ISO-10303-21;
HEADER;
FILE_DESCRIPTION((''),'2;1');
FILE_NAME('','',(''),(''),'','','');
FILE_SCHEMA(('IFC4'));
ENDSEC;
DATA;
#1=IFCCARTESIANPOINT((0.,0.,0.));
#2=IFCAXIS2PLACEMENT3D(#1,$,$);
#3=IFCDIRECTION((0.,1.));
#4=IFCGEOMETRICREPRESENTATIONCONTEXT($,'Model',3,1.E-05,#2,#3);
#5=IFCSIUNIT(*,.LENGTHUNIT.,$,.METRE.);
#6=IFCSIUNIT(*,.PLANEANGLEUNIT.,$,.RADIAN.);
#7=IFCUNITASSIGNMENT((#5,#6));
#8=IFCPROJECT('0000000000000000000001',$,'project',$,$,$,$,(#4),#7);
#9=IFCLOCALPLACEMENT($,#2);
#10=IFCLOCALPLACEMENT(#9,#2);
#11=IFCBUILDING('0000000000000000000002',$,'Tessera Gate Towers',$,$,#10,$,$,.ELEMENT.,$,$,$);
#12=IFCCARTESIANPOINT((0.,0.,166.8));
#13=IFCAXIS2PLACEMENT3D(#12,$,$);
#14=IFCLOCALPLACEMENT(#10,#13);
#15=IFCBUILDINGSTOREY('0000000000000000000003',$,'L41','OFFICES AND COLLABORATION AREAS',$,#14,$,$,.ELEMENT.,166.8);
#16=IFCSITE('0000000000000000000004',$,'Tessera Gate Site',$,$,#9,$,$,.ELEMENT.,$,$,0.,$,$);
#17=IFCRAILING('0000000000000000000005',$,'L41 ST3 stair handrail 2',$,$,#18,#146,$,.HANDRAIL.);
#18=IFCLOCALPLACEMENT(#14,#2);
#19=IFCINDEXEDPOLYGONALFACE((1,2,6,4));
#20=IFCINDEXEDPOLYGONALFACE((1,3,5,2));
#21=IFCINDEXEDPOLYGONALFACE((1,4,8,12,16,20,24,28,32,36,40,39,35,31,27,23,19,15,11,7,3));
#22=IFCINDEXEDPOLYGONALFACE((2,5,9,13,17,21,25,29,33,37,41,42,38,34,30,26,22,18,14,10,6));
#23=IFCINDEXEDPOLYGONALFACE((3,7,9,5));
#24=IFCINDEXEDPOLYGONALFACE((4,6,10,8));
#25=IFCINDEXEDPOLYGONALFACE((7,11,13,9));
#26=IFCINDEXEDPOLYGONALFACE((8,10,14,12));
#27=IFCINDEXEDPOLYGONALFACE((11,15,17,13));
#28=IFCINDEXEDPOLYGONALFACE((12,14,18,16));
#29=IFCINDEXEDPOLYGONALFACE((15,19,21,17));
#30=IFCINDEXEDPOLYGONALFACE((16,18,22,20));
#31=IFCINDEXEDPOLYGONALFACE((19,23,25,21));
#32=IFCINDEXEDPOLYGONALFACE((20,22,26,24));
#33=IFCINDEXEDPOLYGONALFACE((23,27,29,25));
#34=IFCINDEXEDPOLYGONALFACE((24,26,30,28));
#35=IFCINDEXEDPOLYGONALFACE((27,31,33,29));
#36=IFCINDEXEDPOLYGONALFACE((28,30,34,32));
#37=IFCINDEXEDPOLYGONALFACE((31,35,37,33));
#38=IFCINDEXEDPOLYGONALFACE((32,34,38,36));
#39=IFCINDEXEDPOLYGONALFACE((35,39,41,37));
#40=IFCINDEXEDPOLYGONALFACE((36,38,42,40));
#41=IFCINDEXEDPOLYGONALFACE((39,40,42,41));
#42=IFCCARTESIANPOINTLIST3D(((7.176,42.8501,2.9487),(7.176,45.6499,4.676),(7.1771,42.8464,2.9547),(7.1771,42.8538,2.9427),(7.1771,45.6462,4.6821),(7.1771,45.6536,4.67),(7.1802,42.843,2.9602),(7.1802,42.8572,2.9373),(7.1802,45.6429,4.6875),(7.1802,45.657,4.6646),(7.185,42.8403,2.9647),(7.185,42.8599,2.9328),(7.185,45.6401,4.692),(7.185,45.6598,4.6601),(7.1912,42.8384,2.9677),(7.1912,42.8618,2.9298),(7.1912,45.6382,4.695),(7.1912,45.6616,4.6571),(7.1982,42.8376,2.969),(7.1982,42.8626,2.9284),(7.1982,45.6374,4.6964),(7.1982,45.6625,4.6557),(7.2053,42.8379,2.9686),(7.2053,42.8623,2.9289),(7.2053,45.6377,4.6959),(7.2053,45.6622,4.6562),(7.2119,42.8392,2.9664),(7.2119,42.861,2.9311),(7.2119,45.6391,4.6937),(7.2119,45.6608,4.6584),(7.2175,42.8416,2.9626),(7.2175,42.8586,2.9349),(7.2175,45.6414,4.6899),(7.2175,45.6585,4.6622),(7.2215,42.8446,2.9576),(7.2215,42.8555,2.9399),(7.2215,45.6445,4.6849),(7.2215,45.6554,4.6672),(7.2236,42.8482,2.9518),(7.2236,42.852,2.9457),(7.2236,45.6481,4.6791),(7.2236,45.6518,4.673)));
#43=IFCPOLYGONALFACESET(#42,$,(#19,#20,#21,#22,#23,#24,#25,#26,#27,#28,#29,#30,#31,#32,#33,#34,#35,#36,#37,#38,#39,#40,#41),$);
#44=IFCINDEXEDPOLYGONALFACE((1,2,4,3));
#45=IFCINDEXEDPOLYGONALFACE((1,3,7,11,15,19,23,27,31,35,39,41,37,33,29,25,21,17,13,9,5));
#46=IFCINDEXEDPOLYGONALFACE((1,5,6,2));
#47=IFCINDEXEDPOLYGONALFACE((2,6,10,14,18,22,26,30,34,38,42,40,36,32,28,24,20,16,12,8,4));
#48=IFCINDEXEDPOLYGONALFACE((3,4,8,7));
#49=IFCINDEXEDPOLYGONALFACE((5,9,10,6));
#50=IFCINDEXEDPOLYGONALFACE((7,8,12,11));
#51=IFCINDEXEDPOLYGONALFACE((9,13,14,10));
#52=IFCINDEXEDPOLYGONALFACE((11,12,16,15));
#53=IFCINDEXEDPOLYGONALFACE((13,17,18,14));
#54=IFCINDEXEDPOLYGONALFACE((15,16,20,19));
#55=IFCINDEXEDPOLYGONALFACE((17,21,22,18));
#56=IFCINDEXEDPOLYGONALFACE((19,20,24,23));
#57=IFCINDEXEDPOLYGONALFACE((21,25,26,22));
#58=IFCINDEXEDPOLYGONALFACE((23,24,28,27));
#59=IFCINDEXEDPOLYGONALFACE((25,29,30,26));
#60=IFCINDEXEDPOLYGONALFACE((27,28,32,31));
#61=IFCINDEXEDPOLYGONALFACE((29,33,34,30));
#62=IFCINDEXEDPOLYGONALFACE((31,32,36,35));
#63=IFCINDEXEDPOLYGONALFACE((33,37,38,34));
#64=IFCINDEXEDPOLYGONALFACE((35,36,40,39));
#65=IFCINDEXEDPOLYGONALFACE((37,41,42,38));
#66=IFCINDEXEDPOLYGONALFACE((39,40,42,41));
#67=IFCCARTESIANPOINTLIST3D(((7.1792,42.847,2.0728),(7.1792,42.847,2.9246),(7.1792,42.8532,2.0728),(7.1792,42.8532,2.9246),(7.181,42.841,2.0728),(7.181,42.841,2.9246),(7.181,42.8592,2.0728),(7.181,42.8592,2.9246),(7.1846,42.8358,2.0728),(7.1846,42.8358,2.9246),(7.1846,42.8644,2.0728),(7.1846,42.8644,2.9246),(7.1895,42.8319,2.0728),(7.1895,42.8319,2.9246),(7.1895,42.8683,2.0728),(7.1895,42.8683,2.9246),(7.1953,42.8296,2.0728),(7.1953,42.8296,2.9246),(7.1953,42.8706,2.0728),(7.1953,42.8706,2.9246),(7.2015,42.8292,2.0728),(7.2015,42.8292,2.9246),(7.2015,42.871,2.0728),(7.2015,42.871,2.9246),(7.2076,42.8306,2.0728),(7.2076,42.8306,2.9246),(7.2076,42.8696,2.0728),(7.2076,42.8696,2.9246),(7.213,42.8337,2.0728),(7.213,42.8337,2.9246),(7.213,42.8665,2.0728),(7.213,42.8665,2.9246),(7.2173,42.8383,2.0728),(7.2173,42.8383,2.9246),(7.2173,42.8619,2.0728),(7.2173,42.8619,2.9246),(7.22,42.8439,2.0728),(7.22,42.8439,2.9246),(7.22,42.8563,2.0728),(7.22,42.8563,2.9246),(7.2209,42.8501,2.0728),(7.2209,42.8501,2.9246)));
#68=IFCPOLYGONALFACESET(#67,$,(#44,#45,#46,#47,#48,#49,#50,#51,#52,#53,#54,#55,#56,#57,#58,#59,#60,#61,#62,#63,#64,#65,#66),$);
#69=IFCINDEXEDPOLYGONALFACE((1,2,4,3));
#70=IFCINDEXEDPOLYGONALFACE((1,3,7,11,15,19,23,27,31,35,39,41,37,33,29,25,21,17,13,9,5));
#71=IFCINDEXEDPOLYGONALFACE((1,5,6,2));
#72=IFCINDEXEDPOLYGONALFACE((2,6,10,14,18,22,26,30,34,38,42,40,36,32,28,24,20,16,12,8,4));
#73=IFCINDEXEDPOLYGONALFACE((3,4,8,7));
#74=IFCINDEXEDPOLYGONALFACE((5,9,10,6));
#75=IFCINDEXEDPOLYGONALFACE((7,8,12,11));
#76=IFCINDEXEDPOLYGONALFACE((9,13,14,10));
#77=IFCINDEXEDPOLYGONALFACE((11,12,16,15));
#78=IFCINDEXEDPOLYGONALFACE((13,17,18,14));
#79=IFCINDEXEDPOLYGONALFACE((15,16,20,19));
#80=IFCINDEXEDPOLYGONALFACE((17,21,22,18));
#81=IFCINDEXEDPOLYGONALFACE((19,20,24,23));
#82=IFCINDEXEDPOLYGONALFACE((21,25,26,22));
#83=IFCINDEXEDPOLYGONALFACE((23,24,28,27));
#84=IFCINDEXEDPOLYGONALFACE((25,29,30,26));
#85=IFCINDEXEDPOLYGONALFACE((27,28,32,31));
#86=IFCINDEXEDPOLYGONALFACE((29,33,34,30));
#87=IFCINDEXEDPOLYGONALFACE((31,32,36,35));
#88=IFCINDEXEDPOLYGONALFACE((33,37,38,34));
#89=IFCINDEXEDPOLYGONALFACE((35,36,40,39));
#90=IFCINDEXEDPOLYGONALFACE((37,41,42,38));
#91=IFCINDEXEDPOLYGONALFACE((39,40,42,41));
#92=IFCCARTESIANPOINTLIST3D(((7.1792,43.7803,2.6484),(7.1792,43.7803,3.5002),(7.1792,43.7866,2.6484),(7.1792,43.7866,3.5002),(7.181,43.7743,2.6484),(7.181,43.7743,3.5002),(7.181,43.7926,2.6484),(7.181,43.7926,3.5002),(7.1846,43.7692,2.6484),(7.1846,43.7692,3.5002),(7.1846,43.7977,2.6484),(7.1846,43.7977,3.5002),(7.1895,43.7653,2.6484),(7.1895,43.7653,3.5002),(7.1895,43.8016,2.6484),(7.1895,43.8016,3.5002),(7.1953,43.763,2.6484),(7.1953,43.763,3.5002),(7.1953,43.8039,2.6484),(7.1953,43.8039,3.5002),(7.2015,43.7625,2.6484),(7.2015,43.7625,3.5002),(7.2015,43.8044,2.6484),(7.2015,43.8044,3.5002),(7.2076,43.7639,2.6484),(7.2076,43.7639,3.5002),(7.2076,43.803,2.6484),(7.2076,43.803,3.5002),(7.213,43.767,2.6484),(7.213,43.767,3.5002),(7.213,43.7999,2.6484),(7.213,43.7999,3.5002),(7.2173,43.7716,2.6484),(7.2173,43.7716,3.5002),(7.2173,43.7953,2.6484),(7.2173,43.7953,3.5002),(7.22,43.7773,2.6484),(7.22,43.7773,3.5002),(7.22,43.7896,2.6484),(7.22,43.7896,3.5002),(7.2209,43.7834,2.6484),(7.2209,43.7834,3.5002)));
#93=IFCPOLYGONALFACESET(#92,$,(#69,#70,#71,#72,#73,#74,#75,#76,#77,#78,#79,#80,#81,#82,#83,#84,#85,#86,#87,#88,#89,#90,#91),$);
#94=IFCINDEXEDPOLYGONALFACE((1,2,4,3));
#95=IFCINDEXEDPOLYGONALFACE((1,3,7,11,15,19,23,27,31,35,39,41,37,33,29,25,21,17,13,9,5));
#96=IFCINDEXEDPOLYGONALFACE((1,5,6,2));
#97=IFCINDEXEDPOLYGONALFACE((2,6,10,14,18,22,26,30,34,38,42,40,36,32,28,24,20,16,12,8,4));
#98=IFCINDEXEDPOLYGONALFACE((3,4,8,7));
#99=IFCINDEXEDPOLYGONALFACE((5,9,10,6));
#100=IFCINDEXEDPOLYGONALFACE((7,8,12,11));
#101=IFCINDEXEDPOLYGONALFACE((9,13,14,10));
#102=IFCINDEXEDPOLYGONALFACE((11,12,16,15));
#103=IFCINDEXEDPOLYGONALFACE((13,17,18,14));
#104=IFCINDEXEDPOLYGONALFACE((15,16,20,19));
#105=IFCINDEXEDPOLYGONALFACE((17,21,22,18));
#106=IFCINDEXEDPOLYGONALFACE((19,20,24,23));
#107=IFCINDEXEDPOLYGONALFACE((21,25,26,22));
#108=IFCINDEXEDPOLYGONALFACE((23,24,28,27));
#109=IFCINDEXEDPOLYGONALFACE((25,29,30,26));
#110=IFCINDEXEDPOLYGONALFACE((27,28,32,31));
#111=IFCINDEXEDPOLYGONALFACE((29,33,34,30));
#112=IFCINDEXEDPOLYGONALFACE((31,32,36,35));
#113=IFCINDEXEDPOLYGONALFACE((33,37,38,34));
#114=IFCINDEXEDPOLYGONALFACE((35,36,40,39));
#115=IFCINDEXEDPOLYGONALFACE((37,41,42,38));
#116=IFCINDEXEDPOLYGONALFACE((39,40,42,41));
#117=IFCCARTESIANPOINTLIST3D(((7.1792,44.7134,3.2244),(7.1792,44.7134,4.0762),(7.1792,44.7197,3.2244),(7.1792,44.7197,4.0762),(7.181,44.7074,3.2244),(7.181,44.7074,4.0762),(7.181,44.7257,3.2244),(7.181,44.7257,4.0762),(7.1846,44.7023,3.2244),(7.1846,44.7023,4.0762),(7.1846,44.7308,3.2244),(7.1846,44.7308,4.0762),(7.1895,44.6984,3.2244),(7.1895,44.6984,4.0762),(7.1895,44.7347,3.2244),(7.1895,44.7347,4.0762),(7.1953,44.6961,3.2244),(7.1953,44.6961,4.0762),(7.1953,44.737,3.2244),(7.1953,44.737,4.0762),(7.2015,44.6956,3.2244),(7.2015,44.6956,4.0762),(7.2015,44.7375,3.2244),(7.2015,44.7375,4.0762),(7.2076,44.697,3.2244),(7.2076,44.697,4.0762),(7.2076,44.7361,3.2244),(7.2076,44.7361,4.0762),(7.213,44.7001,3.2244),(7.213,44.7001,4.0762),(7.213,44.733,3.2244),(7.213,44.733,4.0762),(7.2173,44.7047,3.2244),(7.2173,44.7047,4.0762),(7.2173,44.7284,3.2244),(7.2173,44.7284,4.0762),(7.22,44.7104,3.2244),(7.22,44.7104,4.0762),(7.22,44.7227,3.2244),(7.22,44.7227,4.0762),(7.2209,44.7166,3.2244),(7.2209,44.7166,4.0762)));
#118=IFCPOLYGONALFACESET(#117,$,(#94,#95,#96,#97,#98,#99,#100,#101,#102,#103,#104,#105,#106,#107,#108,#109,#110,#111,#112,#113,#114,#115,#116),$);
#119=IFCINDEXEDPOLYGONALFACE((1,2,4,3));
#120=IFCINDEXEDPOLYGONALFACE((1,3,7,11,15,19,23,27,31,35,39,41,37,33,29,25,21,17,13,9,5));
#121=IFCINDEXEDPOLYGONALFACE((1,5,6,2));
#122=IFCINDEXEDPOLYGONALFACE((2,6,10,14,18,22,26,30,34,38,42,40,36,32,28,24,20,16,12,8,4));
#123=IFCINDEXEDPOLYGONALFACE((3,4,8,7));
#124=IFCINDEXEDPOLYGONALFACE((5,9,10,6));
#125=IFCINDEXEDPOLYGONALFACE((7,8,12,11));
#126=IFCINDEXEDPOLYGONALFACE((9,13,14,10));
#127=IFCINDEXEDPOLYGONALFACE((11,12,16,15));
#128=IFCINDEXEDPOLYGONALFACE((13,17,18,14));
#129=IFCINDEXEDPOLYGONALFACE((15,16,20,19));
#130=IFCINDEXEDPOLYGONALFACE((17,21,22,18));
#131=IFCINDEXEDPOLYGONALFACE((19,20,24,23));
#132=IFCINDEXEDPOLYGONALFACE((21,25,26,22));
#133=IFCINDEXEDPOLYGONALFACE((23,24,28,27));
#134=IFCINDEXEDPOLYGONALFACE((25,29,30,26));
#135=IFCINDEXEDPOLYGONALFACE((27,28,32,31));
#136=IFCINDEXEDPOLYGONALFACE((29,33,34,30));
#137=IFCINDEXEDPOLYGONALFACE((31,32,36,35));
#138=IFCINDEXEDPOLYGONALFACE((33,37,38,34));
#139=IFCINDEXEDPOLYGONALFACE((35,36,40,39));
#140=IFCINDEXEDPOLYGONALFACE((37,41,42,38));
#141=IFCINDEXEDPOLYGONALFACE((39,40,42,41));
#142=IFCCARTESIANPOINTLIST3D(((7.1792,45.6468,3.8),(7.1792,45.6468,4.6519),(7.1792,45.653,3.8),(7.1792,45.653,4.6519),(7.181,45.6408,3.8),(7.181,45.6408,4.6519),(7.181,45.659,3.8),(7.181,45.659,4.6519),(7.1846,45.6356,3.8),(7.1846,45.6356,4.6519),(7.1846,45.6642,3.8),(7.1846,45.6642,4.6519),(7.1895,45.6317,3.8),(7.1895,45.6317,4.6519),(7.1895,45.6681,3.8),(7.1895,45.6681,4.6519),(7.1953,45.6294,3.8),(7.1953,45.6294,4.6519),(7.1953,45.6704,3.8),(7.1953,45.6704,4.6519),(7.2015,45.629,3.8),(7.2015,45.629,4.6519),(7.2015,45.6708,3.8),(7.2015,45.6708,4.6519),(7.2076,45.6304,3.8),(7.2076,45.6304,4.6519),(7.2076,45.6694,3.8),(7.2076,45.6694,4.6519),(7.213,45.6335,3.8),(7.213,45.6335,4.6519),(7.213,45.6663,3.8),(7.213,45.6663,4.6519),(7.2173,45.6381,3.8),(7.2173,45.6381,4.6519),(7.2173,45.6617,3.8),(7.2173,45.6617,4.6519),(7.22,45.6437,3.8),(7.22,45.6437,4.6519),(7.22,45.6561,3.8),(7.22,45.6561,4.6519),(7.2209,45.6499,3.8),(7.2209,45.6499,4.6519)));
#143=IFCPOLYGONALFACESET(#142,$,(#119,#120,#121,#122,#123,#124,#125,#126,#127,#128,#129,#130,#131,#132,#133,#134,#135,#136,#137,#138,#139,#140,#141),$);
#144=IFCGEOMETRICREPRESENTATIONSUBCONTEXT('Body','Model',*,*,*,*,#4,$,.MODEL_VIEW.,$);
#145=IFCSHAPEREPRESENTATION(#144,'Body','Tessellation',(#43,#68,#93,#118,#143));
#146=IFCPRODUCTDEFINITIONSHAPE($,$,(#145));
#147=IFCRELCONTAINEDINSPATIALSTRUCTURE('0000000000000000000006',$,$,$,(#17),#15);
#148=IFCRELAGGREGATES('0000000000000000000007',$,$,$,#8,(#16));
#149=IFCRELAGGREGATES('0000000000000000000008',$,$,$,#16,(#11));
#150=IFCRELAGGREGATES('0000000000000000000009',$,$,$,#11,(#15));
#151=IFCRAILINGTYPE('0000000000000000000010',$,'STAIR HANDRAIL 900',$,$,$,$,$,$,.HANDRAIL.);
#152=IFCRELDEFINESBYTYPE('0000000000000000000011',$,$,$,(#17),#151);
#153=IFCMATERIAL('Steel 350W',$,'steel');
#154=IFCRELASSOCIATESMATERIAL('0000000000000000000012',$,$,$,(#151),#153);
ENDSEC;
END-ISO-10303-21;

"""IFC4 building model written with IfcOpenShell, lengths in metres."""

from ifc_helpers import new_model, si_unit, direction, frame, origin, origin_2d, place, context, subcontext, project, spatial, circle, extrude, material, type_object, element, save


model = new_model("IFC4")

# Units and contexts
model_context = context("Model", 3, precision=1e-05, world=origin(), true_north=direction((0.0, 1.0)))
body_context = subcontext(model_context, "Body", "Model", "MODEL_VIEW")
ifc_project = project(units=[si_unit("LENGTHUNIT", "METRE"), si_unit("PLANEANGLEUNIT", "RADIAN")], contexts=[model_context])

# Site, building, storey
site_placement = place(None, origin())
site = spatial("IfcSite", under=ifc_project, at=site_placement, Name="Tessera Gate Site", CompositionType="ELEMENT", RefElevation=0.0)
building_placement = place(site_placement, origin())
building = spatial("IfcBuilding", under=site, at=building_placement, Name="Tessera Gate Towers", CompositionType="ELEMENT")
storey_placement = place(building_placement, frame((0.0, 0.0, 166.8)))
storey = spatial("IfcBuildingStorey", under=building, at=storey_placement, Name="L41", Description="OFFICES AND COLLABORATION AREAS", CompositionType="ELEMENT", Elevation=166.8)

# Railing
ifc_material_1 = material(Name="Steel 350W", Category="steel")
railing_type = type_object("IfcRailingType", Name="STAIR HANDRAIL 900", PredefinedType="HANDRAIL", material=ifc_material_1)
railing_placement = place(storey_placement, frame((7.2, 42.8501, 2.0728)))
element("IfcRailing", 1, at=railing_placement, inside=storey, type_object=railing_type, Name="L41 ST3 stair handrail 2", PredefinedType="HANDRAIL", context=body_context, shape_type="SweptSolid", body=[
    extrude(circle(Radius=0.0239, at=origin_2d()), frame((0.0, 0.0, 0.876), z_axis=(0.0, 0.851069, 0.525054), x_axis=(-1.0, 0.0, 0.0)), (0.0, 0.0, 1.0), 3.2898),
    extrude(circle(Radius=0.021, at=origin_2d()), origin(), (0.0, 0.0, 1.0), 0.8518),
    extrude(circle(Radius=0.021, at=origin_2d()), frame((0.0, 0.9333, 0.5757)), (0.0, 0.0, 1.0), 0.8518),
    extrude(circle(Radius=0.021, at=origin_2d()), frame((0.0, 1.8665, 1.1516)), (0.0, 0.0, 1.0), 0.8518),
    extrude(circle(Radius=0.021, at=origin_2d()), frame((0.0, 2.7998, 1.7273)), (0.0, 0.0, 1.0), 0.8518),
])

save(model, "model.ifc")
